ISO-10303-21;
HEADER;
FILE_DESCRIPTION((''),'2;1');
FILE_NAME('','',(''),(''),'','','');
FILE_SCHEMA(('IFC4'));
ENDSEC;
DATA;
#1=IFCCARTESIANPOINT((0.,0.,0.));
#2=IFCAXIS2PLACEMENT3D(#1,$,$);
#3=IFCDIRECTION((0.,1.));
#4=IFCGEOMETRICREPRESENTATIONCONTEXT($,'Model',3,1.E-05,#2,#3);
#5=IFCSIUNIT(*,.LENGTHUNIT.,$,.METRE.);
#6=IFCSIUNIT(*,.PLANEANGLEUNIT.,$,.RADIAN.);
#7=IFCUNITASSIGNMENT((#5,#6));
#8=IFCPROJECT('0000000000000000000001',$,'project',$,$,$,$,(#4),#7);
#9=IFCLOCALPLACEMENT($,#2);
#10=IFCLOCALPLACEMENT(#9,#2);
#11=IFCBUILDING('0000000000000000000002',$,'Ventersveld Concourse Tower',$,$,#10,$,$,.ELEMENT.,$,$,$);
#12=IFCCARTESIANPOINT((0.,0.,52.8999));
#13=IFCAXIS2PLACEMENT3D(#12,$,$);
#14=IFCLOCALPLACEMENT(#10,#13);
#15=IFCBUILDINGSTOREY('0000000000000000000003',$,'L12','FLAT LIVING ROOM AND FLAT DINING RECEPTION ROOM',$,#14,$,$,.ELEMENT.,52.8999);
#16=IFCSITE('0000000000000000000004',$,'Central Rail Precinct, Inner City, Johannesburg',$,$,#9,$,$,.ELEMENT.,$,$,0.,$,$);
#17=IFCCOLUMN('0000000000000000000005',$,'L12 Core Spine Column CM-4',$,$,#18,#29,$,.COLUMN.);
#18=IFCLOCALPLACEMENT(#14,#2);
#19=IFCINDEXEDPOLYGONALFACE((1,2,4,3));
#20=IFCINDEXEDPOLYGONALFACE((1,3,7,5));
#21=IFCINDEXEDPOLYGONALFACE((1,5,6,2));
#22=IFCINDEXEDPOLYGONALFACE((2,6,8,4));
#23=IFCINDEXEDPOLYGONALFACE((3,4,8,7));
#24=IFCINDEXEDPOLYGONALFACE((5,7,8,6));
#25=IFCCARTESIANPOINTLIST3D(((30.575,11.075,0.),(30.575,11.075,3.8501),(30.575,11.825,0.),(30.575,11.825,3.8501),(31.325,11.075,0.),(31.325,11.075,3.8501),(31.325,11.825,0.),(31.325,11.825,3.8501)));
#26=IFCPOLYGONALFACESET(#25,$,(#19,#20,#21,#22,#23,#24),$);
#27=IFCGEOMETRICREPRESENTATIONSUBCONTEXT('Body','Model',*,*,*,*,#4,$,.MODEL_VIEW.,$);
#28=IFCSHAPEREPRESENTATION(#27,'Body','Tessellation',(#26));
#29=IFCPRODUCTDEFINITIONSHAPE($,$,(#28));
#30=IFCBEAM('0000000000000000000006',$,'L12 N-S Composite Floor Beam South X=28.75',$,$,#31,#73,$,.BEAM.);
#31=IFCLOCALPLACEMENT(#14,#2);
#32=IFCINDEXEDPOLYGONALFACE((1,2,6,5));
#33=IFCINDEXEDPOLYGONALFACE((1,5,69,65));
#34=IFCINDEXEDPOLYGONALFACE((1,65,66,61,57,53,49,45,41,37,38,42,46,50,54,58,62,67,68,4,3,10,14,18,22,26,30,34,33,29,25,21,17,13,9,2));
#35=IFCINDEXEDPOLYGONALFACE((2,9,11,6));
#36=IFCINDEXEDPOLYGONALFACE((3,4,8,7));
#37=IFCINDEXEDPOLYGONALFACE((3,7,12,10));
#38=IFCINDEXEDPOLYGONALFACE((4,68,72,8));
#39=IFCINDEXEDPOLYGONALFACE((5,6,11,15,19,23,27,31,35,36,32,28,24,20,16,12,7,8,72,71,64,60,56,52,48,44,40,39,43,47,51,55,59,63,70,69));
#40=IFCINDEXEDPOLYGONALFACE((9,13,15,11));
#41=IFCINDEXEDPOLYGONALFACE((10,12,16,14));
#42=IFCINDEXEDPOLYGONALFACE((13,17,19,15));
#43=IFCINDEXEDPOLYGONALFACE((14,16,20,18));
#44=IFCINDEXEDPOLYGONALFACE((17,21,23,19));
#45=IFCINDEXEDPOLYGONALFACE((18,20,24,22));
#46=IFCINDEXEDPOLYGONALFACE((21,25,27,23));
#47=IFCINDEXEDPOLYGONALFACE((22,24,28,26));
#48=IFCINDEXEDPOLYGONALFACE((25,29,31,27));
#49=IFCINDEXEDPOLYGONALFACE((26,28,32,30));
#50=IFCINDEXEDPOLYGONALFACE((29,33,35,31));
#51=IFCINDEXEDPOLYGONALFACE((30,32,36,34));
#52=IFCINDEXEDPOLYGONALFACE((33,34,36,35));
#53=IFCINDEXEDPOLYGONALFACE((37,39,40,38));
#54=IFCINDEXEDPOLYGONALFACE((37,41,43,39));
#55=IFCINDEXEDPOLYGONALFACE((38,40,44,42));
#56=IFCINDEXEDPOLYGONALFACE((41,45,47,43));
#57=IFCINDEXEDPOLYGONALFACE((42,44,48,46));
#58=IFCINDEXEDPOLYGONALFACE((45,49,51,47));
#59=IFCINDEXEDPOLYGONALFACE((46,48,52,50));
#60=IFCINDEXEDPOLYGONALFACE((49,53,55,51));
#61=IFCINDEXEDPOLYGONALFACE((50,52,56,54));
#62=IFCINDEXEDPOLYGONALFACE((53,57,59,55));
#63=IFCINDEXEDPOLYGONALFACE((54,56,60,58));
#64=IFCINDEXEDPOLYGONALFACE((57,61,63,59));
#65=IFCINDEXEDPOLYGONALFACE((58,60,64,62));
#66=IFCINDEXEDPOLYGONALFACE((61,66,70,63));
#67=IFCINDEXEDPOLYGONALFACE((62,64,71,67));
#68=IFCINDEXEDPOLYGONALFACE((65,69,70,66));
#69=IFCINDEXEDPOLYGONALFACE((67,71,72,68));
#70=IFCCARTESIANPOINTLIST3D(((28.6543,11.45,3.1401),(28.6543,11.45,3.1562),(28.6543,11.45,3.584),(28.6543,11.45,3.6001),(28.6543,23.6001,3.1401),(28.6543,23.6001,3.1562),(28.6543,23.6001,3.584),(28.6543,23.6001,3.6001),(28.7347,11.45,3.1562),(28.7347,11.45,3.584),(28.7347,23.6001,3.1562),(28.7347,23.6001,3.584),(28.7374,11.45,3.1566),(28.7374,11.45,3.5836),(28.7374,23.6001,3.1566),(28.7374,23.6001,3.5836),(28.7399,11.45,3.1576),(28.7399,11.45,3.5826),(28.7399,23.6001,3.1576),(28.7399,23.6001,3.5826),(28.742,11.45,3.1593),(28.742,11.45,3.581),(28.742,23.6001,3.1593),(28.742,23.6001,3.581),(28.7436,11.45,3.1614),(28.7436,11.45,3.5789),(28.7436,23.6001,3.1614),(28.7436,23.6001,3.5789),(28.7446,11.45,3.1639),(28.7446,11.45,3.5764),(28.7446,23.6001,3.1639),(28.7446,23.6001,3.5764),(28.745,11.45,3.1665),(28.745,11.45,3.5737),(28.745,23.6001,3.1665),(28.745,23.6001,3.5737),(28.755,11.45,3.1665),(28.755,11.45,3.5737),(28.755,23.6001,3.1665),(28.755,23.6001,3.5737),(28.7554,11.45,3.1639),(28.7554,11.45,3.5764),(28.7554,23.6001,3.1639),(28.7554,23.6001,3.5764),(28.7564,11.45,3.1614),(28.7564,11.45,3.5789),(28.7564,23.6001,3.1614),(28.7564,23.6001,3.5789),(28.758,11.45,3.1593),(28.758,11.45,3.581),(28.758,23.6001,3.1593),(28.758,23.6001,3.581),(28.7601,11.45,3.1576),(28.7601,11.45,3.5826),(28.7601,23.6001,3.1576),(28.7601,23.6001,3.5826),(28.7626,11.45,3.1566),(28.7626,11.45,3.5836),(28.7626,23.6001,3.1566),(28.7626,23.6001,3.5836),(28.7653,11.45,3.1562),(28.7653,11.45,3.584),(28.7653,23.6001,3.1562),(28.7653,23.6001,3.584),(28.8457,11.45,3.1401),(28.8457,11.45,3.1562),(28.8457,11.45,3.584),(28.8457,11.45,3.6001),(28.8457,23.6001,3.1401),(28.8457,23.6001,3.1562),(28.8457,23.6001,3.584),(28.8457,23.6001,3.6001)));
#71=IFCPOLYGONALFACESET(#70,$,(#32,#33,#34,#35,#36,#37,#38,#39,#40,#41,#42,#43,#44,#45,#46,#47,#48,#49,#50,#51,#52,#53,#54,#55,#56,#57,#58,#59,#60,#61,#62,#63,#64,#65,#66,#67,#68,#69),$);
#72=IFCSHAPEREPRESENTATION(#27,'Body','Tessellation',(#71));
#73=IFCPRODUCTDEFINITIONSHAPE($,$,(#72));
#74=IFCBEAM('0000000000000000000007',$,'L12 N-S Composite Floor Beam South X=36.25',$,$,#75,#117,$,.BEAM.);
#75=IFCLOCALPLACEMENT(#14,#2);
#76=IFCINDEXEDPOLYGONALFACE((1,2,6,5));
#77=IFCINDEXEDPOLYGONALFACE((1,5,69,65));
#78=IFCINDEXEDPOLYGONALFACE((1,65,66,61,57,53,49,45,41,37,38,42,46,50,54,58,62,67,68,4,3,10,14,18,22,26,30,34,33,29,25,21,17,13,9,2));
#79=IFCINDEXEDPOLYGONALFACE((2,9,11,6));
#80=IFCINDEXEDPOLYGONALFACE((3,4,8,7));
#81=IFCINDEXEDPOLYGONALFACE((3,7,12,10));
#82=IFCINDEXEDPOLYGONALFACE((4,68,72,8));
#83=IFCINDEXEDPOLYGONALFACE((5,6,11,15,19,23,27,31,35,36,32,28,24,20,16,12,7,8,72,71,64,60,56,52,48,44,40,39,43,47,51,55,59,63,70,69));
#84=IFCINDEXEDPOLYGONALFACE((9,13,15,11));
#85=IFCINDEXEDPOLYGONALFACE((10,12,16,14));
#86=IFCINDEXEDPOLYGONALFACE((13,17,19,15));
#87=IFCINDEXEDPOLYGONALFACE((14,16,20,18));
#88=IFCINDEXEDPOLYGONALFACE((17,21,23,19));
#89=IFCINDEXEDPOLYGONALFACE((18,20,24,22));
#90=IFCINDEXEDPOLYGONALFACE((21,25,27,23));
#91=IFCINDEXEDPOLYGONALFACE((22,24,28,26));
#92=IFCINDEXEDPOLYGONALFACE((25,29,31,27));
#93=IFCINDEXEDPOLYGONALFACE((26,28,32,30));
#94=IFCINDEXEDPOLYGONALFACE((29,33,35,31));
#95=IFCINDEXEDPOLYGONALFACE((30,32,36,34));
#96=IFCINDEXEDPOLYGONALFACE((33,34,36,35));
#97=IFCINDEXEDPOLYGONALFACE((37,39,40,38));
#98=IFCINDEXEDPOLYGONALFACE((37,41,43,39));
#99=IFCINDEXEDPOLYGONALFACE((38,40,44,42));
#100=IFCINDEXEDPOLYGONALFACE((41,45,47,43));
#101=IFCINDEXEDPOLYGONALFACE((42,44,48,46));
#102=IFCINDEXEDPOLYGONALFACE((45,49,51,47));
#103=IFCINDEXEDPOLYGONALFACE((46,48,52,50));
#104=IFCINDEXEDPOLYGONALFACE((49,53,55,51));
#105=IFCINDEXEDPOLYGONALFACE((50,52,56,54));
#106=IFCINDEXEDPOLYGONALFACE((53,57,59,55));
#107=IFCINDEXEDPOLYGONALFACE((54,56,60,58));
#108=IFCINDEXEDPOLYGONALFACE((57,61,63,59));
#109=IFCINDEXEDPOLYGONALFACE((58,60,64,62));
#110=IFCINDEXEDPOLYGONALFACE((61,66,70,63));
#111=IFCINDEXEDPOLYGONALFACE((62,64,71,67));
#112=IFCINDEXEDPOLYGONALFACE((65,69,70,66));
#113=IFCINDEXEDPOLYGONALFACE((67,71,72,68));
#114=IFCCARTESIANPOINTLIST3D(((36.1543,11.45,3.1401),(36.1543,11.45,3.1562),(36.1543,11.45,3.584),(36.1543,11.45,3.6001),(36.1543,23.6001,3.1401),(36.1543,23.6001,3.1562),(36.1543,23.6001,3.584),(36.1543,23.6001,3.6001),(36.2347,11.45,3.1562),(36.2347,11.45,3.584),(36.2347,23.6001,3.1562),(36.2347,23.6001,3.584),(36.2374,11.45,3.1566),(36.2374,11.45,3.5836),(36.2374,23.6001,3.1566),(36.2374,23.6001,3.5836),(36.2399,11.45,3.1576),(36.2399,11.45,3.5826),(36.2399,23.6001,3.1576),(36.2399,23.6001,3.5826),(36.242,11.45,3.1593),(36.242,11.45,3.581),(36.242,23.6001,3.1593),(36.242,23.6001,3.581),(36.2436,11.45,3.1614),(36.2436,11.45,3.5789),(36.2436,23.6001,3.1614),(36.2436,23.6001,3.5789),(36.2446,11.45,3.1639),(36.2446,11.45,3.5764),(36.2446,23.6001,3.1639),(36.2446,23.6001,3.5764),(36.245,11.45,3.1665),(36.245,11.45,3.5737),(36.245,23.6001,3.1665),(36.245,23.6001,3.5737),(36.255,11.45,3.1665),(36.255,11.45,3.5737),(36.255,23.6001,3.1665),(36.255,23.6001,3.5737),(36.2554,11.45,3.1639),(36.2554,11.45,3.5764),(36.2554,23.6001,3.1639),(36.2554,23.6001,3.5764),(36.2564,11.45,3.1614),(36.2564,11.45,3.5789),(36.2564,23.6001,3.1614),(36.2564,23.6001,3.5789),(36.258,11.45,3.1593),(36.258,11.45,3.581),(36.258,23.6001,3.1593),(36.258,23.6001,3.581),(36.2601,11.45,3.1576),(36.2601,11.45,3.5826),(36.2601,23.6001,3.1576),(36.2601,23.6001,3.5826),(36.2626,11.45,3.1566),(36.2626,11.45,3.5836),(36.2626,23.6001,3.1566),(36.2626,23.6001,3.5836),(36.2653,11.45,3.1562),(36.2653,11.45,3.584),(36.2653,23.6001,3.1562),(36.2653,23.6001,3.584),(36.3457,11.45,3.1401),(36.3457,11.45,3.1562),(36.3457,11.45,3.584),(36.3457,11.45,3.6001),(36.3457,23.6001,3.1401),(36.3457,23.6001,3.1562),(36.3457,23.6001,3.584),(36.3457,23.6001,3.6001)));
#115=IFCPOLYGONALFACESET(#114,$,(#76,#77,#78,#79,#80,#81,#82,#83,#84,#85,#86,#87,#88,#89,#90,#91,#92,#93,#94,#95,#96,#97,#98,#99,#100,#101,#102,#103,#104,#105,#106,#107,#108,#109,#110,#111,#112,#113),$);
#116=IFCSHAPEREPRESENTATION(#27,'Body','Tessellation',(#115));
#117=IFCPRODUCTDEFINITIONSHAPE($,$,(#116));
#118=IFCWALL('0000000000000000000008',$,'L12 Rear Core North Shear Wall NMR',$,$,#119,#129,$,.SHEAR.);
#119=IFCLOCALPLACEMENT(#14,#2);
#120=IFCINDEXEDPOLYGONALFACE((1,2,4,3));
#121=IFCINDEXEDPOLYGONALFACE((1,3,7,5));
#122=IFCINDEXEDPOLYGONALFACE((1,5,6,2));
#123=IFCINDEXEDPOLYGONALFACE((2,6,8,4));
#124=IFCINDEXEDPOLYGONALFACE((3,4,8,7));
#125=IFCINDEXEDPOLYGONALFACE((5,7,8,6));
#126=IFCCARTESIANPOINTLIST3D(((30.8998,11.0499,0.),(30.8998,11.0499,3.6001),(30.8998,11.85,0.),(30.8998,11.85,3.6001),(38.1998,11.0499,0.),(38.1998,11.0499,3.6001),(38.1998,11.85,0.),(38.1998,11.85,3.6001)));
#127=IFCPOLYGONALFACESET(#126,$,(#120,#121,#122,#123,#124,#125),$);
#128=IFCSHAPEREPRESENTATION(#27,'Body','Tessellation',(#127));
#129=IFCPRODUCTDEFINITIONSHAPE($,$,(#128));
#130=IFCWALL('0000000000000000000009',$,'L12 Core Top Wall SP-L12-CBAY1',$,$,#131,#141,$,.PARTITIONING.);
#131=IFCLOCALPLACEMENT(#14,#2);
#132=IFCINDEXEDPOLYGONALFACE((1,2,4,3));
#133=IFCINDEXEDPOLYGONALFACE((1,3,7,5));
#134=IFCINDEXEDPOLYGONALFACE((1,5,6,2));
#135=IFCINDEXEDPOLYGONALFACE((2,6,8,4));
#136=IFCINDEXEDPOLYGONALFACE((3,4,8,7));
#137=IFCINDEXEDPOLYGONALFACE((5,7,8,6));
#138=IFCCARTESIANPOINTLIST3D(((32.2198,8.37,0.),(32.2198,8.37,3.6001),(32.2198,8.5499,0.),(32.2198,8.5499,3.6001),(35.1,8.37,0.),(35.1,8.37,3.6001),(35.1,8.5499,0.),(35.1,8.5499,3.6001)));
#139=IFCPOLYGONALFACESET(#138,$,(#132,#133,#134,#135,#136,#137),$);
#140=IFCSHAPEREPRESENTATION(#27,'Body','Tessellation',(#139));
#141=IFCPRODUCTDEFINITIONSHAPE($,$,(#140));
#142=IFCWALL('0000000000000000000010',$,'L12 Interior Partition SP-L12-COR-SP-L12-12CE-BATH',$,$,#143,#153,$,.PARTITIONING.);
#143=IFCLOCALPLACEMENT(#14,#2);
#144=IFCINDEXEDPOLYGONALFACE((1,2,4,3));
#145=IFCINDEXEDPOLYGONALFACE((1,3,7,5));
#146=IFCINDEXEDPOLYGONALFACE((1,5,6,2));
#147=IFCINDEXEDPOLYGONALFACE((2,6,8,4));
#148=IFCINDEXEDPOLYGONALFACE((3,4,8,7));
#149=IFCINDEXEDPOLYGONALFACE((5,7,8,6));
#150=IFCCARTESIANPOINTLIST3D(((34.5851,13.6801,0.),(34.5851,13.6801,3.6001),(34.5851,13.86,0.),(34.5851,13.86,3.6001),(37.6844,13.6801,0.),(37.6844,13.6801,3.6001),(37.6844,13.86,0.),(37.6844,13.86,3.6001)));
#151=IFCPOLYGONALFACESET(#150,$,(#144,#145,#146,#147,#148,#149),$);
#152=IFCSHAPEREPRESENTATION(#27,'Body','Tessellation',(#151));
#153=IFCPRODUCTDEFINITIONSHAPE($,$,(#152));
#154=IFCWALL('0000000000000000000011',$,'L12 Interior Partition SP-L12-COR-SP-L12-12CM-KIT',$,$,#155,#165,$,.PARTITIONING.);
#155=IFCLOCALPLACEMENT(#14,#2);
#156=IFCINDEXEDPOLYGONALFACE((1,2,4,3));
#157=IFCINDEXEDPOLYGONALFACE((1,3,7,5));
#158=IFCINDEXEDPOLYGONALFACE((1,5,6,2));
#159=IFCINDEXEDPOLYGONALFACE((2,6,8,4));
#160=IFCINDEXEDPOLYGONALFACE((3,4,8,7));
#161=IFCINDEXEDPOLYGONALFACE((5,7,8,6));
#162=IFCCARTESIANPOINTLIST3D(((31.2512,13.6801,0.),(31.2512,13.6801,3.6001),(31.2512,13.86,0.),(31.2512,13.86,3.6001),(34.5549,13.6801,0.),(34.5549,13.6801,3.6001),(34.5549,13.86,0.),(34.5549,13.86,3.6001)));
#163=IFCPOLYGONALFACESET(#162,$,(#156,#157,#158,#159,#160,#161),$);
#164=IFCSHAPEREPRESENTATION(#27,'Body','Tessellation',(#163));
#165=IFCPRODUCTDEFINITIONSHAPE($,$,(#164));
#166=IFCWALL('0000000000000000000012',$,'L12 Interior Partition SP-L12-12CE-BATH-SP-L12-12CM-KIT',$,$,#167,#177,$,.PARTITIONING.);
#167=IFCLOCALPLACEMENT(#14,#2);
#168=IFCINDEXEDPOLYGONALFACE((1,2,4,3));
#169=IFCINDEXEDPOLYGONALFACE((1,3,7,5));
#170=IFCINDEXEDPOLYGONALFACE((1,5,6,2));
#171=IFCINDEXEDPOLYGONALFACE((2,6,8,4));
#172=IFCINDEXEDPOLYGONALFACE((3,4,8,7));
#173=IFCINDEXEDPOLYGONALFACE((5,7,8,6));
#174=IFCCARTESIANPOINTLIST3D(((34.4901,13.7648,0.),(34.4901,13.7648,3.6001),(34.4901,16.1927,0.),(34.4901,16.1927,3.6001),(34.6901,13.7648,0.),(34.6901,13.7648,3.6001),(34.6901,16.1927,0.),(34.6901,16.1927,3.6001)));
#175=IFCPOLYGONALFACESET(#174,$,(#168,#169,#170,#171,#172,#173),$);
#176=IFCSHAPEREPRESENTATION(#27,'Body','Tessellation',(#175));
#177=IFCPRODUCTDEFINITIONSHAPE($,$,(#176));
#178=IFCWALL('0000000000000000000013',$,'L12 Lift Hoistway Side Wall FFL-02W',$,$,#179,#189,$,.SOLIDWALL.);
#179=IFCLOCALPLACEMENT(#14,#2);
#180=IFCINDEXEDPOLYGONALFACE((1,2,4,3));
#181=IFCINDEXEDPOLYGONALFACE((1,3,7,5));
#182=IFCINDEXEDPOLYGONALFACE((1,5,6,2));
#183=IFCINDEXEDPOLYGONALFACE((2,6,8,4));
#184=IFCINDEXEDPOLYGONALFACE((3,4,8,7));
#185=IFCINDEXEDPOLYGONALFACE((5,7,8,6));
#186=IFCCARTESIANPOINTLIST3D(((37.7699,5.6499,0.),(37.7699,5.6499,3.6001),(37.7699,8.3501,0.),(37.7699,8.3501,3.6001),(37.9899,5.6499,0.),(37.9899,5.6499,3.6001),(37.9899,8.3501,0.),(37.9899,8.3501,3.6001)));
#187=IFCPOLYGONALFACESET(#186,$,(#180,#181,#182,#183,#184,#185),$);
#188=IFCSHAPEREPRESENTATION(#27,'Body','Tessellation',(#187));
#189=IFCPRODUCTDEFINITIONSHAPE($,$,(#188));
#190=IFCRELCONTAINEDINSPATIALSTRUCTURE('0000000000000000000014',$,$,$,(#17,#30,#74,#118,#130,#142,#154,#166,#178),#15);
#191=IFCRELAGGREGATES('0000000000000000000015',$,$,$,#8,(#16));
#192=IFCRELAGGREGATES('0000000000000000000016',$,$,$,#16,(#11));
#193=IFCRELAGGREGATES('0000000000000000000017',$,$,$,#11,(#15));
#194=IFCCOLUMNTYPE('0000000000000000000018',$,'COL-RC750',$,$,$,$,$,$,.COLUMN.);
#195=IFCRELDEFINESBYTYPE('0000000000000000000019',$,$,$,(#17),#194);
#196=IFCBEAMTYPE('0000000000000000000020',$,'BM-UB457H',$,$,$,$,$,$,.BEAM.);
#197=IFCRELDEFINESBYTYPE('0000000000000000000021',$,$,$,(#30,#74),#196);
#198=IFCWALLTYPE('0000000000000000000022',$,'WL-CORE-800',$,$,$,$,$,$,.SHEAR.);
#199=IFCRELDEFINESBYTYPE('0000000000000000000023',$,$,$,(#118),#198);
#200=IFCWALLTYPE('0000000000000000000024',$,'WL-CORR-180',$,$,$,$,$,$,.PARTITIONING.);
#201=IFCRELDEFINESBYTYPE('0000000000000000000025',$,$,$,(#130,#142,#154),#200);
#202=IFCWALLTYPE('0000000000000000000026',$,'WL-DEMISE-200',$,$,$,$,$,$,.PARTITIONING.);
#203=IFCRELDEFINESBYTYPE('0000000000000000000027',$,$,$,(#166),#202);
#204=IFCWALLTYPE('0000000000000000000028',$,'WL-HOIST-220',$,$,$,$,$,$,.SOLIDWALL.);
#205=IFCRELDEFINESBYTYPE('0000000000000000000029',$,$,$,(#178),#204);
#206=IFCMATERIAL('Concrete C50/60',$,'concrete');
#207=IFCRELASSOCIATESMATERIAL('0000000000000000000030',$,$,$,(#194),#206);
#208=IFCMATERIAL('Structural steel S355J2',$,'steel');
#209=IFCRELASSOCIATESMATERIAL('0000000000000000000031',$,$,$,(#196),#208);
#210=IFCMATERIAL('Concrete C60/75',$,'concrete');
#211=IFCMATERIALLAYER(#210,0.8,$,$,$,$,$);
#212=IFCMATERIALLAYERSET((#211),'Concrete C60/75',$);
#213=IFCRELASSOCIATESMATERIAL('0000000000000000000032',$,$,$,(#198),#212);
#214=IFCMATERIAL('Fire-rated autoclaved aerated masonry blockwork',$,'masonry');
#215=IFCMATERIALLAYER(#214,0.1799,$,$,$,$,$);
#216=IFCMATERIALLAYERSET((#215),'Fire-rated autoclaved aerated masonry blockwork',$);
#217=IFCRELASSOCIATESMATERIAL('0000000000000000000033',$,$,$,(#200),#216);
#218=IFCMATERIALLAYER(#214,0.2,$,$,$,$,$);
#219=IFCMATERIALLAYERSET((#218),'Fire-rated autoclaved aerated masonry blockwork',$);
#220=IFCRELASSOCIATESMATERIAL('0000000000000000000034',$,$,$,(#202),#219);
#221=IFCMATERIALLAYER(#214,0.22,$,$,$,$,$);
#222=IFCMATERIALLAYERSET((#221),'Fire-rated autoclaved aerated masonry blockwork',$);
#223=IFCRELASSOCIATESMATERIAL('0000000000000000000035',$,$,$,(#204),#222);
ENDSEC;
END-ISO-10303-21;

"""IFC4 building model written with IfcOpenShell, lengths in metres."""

from ifc_helpers import new_model, si_unit, direction, frame, frame_2d, origin, origin_2d, place, context, subcontext, project, spatial, rectangle, i_section, extrude, material, layer, layer_set, material_profile, profile_set, type_object, element, save


model = new_model("IFC4")

# Units and contexts
model_context = context("Model", 3, precision=1e-05, world=origin(), true_north=direction((0.0, 1.0)))
body_context = subcontext(model_context, "Body", "Model", "MODEL_VIEW")
ifc_project = project(units=[si_unit("LENGTHUNIT", "METRE"), si_unit("PLANEANGLEUNIT", "RADIAN")], contexts=[model_context])

# Site, building, storey
site_placement = place(None, origin())
site = spatial("IfcSite", under=ifc_project, at=site_placement, Name="Central Rail Precinct, Inner City, Johannesburg", CompositionType="ELEMENT", RefElevation=0.0)
building_placement = place(site_placement, origin())
building = spatial("IfcBuilding", under=site, at=building_placement, Name="Ventersveld Concourse Tower", CompositionType="ELEMENT")
storey_placement = place(building_placement, frame((0.0, 0.0, 52.8999)))
storey = spatial("IfcBuildingStorey", under=building, at=storey_placement, Name="L12", Description="FLAT LIVING ROOM AND FLAT DINING RECEPTION ROOM", CompositionType="ELEMENT", Elevation=52.8999)

# Column
ifc_material_1 = material(Name="Concrete C50/60", Category="concrete")
ifc_material_profile_1 = material_profile(ifc_material_1, rectangle(XDim=0.75, YDim=0.75, at=origin_2d()), Name="RC 750x750")
ifc_profile_set_1 = profile_set([ifc_material_profile_1], Name="Concrete C50/60")
column_type = type_object("IfcColumnType", Name="COL-RC750", PredefinedType="COLUMN", material=ifc_profile_set_1)
column_placement = place(storey_placement, frame((30.95, 11.45, 0.0), z_axis=(0.0, 0.0, 1.0), x_axis=(1.0, 0.0, 0.0)))
element("IfcColumn", 1, at=column_placement, inside=storey, type_object=column_type, Name="L12 Core Spine Column CM-4", PredefinedType="COLUMN", context=body_context, shape_type="SweptSolid", body=[
    extrude(rectangle(XDim=0.75, YDim=0.75, at=origin_2d()), origin(), (0.0, 0.0, 1.0), 3.8501),
])

# Beams
ifc_material_2 = material(Name="Structural steel S355J2", Category="steel")
ifc_material_profile_2 = material_profile(ifc_material_2, i_section(OverallWidth=0.1914, OverallDepth=0.46, WebThickness=0.01, FlangeThickness=0.0161, FilletRadius=0.0103, at=origin_2d()), Name="UB 457x191x82")
ifc_profile_set_2 = profile_set([ifc_material_profile_2], Name="Structural steel S355J2")
beam_type = type_object("IfcBeamType", Name="BM-UB457H", PredefinedType="BEAM", material=ifc_profile_set_2)
for number, where, z_axis, x_axis, name in (
    (2, (28.75, 11.45, 3.3701), (0.0, 1.0, 0.0), (-1.0, 0.0, 0.0), "L12 N-S Composite Floor Beam South X=28.75"),
    (3, (36.25, 11.45, 3.3701), (0.0, 1.0, 0.0), (-1.0, 0.0, 0.0), "L12 N-S Composite Floor Beam South X=36.25"),
):
    element("IfcBeam", number, at=place(storey_placement, frame(where, z_axis=z_axis, x_axis=x_axis)), inside=storey, type_object=beam_type, Name=name, PredefinedType="BEAM", context=body_context, shape_type="SweptSolid", body=[
        extrude(i_section(OverallWidth=0.1914, OverallDepth=0.46, WebThickness=0.01, FlangeThickness=0.0161, FilletRadius=0.0103, at=origin_2d()), origin(), (0.0, 0.0, 1.0), 12.1501),
    ])

# Wall
ifc_material_3 = material(Name="Concrete C60/75", Category="concrete")
ifc_layer_1 = layer(ifc_material_3, 0.8)
ifc_layer_set_1 = layer_set([ifc_layer_1], Name="Concrete C60/75")
wall_type_1 = type_object("IfcWallType", Name="WL-CORE-800", PredefinedType="SHEAR", material=ifc_layer_set_1)
wall_1_placement = place(storey_placement, frame((30.8999, 11.45, 0.0), z_axis=(0.0, 0.0, 1.0), x_axis=(1.0, 0.0, 0.0)))
element("IfcWall", 4, at=wall_1_placement, inside=storey, type_object=wall_type_1, Name="L12 Rear Core North Shear Wall NMR", PredefinedType="SHEAR", context=body_context, shape_type="SweptSolid", body=[
    extrude(rectangle(XDim=7.3, YDim=0.8, at=frame_2d((3.6499, 0.0))), origin(), (0.0, 0.0, 1.0), 3.6001),
])

# Shared definitions
ifc_material_4 = material(Name="Fire-rated autoclaved aerated masonry blockwork", Category="masonry")
ifc_layer_2 = layer(ifc_material_4, 0.1799)
ifc_layer_set_2 = layer_set([ifc_layer_2], Name="Fire-rated autoclaved aerated masonry blockwork")
wall_type_2 = type_object("IfcWallType", Name="WL-CORR-180", PredefinedType="PARTITIONING", material=ifc_layer_set_2)

# Wall
wall_2_placement = place(storey_placement, frame((32.22, 8.46, 0.0), z_axis=(0.0, 0.0, 1.0), x_axis=(1.0, 0.0, 0.0)))
element("IfcWall", 5, at=wall_2_placement, inside=storey, type_object=wall_type_2, Name="L12 Core Top Wall SP-L12-CBAY1", PredefinedType="PARTITIONING", context=body_context, shape_type="SweptSolid", body=[
    extrude(rectangle(XDim=2.8801, YDim=0.1799, at=frame_2d((1.4399, 0.0))), origin(), (0.0, 0.0, 1.0), 3.6001),
])

# Walls
wall_3_placement = place(storey_placement, frame((34.585, 13.77, 0.0), z_axis=(0.0, 0.0, 1.0), x_axis=(1.0, 0.0, 0.0)))
element("IfcWall", 6, at=wall_3_placement, inside=storey, type_object=wall_type_2, Name="L12 Interior Partition SP-L12-COR-SP-L12-12CE-BATH", PredefinedType="PARTITIONING", context=body_context, shape_type="SweptSolid", body=[
    extrude(rectangle(XDim=3.0994, YDim=0.1799, at=frame_2d((1.5498, 0.0))), origin(), (0.0, 0.0, 1.0), 3.6001),
])
wall_4_placement = place(storey_placement, frame((31.2512, 13.77, 0.0), z_axis=(0.0, 0.0, 1.0), x_axis=(1.0, 0.0, 0.0)))
element("IfcWall", 7, at=wall_4_placement, inside=storey, type_object=wall_type_2, Name="L12 Interior Partition SP-L12-COR-SP-L12-12CM-KIT", PredefinedType="PARTITIONING", context=body_context, shape_type="SweptSolid", body=[
    extrude(rectangle(XDim=3.3037, YDim=0.1799, at=frame_2d((1.6519, 0.0))), origin(), (0.0, 0.0, 1.0), 3.6001),
])
ifc_layer_3 = layer(ifc_material_4, 0.2)
ifc_layer_set_3 = layer_set([ifc_layer_3], Name="Fire-rated autoclaved aerated masonry blockwork")
wall_type_3 = type_object("IfcWallType", Name="WL-DEMISE-200", PredefinedType="PARTITIONING", material=ifc_layer_set_3)
wall_5_placement = place(storey_placement, frame((34.5901, 13.7649, 0.0), z_axis=(0.0, 0.0, 1.0), x_axis=(0.0, 1.0, 0.0)))
element("IfcWall", 8, at=wall_5_placement, inside=storey, type_object=wall_type_3, Name="L12 Interior Partition SP-L12-12CE-BATH-SP-L12-12CM-KIT", PredefinedType="PARTITIONING", context=body_context, shape_type="SweptSolid", body=[
    extrude(rectangle(XDim=2.428, YDim=0.2, at=frame_2d((1.2139, 0.0))), origin(), (0.0, 0.0, 1.0), 3.6001),
])
ifc_layer_4 = layer(ifc_material_4, 0.22)
ifc_layer_set_4 = layer_set([ifc_layer_4], Name="Fire-rated autoclaved aerated masonry blockwork")
wall_type_4 = type_object("IfcWallType", Name="WL-HOIST-220", PredefinedType="SOLIDWALL", material=ifc_layer_set_4)
for number, where, z_axis, x_axis, name in (
    (9, (37.8799, 5.6499, 0.0), (0.0, 0.0, 1.0), (0.0, 1.0, 0.0), "L12 Lift Hoistway Side Wall FFL-02W"),
):
    element("IfcWall", number, at=place(storey_placement, frame(where, z_axis=z_axis, x_axis=x_axis)), inside=storey, type_object=wall_type_4, Name=name, PredefinedType="SOLIDWALL", context=body_context, shape_type="SweptSolid", body=[
        extrude(rectangle(XDim=2.7002, YDim=0.22, at=frame_2d((1.3501, 0.0))), origin(), (0.0, 0.0, 1.0), 3.6001),
    ])

save(model, "model.ifc")
